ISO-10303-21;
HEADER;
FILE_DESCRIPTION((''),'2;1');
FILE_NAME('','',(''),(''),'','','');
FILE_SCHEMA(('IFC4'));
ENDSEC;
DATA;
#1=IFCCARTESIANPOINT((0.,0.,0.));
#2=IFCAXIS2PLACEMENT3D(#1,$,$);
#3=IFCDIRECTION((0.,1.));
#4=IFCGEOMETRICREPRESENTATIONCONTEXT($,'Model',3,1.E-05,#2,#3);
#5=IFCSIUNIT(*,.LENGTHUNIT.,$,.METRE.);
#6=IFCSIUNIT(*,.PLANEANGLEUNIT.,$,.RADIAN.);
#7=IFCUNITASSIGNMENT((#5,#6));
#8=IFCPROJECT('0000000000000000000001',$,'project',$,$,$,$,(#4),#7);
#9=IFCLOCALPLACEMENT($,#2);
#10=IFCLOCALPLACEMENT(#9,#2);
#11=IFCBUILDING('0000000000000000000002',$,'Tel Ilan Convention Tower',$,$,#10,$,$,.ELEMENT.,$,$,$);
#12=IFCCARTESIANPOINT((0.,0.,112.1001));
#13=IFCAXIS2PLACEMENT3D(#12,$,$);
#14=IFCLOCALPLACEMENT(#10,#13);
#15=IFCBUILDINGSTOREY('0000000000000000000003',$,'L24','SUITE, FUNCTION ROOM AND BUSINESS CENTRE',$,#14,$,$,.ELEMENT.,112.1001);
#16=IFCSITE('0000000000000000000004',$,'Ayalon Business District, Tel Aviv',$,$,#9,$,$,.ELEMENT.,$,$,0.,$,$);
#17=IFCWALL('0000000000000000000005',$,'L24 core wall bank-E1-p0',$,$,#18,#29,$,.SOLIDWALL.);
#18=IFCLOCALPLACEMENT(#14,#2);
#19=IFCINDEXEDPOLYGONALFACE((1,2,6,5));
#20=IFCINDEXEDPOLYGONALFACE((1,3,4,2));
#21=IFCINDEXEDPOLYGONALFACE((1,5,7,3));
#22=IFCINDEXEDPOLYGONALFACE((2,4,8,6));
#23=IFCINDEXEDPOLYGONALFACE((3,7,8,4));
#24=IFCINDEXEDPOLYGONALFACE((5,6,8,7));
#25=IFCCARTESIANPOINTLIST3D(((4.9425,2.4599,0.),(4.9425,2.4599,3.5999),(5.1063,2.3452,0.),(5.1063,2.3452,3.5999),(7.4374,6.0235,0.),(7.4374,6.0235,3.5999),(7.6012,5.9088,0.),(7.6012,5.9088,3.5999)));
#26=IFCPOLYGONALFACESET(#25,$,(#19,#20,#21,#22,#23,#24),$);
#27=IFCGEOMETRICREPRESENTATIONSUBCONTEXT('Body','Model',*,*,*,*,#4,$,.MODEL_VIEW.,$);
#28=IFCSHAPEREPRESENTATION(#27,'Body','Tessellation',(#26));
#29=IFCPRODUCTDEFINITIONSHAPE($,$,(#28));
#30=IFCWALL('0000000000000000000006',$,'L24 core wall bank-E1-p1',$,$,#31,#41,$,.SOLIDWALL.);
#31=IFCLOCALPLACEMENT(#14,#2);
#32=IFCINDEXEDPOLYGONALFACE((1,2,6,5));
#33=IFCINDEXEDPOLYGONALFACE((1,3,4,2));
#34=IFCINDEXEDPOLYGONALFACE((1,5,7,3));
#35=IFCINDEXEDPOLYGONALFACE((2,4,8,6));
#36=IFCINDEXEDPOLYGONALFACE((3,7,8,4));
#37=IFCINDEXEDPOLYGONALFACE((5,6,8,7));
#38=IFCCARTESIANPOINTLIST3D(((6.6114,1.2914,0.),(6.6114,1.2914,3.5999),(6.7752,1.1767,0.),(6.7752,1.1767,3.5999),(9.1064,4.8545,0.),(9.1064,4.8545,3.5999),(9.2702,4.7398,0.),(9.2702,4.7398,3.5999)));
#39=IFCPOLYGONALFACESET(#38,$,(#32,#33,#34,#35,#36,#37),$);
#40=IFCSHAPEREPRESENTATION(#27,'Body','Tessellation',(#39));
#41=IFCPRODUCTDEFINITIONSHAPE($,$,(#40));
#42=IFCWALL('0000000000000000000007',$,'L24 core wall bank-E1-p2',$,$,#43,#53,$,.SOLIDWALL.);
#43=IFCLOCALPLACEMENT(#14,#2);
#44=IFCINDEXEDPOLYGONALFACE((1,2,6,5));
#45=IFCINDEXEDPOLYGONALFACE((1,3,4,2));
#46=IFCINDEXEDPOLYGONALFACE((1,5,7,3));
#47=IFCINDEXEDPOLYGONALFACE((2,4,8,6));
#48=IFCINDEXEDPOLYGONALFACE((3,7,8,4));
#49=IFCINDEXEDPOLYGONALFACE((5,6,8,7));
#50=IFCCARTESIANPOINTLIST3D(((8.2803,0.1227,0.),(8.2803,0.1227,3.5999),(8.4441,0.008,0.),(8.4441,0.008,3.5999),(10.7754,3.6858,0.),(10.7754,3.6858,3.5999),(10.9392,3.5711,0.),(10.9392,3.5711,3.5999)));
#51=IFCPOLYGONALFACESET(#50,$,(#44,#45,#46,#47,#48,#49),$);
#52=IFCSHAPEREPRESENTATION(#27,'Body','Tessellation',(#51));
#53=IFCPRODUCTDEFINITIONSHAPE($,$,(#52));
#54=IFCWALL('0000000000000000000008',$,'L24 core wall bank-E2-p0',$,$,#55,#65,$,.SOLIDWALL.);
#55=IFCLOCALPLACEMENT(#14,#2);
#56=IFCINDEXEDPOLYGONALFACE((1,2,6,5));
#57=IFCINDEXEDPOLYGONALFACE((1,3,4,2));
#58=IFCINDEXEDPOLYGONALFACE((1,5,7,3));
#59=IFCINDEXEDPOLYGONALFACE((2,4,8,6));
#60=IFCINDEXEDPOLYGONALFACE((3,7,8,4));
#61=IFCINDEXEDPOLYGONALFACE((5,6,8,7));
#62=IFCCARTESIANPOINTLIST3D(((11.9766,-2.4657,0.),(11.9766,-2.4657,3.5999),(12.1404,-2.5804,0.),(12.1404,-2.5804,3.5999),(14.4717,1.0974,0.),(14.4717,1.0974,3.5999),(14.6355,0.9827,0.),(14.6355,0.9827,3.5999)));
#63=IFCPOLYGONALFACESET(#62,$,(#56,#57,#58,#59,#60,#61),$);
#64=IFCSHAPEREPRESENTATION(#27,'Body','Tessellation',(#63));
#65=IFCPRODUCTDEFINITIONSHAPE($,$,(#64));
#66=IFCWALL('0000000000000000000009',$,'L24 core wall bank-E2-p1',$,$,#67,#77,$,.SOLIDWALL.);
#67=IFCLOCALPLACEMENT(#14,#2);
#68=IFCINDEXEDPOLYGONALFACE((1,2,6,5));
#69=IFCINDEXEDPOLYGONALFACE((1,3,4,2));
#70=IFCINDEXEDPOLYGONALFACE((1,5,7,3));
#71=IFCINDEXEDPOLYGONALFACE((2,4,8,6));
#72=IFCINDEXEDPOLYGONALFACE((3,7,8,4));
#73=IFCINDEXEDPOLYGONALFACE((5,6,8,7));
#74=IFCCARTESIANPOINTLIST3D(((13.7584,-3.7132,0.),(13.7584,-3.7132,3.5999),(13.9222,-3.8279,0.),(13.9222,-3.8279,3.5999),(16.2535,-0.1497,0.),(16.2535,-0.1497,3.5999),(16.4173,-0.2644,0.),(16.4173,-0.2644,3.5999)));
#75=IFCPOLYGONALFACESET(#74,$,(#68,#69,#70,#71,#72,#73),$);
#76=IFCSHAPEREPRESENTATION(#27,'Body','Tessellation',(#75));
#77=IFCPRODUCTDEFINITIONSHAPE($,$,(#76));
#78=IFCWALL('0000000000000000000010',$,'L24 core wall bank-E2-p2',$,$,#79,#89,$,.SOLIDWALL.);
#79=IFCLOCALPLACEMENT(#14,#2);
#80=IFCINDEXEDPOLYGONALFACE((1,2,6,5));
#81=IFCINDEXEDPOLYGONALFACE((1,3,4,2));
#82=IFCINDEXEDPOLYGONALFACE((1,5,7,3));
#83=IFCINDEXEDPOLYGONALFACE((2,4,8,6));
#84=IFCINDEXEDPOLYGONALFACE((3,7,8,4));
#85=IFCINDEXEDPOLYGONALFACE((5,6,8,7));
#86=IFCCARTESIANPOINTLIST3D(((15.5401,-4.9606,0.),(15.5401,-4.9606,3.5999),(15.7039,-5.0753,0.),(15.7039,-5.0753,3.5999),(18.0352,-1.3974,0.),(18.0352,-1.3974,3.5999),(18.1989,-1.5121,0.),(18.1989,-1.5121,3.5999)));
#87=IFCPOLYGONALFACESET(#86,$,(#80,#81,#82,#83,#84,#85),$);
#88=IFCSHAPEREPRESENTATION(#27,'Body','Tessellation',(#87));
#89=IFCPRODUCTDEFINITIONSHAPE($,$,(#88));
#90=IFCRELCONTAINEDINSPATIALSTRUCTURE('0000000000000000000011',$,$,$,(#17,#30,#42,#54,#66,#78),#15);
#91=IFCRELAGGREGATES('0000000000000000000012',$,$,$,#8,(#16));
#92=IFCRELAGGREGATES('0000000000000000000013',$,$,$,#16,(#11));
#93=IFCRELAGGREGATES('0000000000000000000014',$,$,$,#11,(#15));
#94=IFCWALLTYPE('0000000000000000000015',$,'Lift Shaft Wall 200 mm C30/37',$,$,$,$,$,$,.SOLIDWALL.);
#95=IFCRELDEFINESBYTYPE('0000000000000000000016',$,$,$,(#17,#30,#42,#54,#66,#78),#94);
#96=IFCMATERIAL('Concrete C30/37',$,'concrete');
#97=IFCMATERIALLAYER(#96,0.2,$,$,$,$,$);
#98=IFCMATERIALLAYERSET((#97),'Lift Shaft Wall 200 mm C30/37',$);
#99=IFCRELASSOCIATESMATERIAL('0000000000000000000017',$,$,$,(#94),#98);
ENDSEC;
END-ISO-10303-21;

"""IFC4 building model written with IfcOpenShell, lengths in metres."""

from ifc_helpers import new_model, si_unit, direction, frame, frame_2d, origin, place, context, subcontext, project, spatial, rectangle, extrude, material, layer, layer_set, type_object, element, save


model = new_model("IFC4")

# Units and contexts
model_context = context("Model", 3, precision=1e-05, world=origin(), true_north=direction((0.0, 1.0)))
body_context = subcontext(model_context, "Body", "Model", "MODEL_VIEW")
ifc_project = project(units=[si_unit("LENGTHUNIT", "METRE"), si_unit("PLANEANGLEUNIT", "RADIAN")], contexts=[model_context])

# Site, building, storey
site_placement = place(None, origin())
site = spatial("IfcSite", under=ifc_project, at=site_placement, Name="Ayalon Business District, Tel Aviv", CompositionType="ELEMENT", RefElevation=0.0)
building_placement = place(site_placement, origin())
building = spatial("IfcBuilding", under=site, at=building_placement, Name="Tel Ilan Convention Tower", CompositionType="ELEMENT")
storey_placement = place(building_placement, frame((0.0, 0.0, 112.1001)))
storey = spatial("IfcBuildingStorey", under=building, at=storey_placement, Name="L24", Description="SUITE, FUNCTION ROOM AND BUSINESS CENTRE", CompositionType="ELEMENT", Elevation=112.1001)

# Walls
ifc_material_1 = material(Name="Concrete C30/37", Category="concrete")
ifc_layer_1 = layer(ifc_material_1, 0.2)
ifc_layer_set_1 = layer_set([ifc_layer_1], Name="Lift Shaft Wall 200 mm C30/37")
wall_type_1 = type_object("IfcWallType", Name="Lift Shaft Wall 200 mm C30/37", PredefinedType="SOLIDWALL", material=ifc_layer_set_1)
wall_1_placement = place(storey_placement, frame((5.0244, 2.4026, 0.0), z_axis=(0.0, 0.0, 1.0), x_axis=(0.57353, 0.819184, 0.0)))
element("IfcWall", 1, at=wall_1_placement, inside=storey, type_object=wall_type_1, Name="L24 core wall bank-E1-p0", PredefinedType="SOLIDWALL", context=body_context, shape_type="SweptSolid", body=[
    extrude(rectangle(XDim=4.3501, YDim=0.2, at=frame_2d((2.175, 0.0))), origin(), (0.0, 0.0, 1.0), 3.5999),
])
for number, where, z_axis, x_axis, name in (
    (2, (6.6934, 1.2341, 0.0), (0.0, 0.0, 1.0), (0.573594, 0.81914, 0.0), "L24 core wall bank-E1-p1"),
    (3, (8.3623, 0.0654, 0.0), (0.0, 0.0, 1.0), (0.573594, 0.81914, 0.0), "L24 core wall bank-E1-p2"),
    (4, (12.0586, -2.5229, 0.0), (0.0, 0.0, 1.0), (0.573594, 0.81914, 0.0), "L24 core wall bank-E2-p0"),
):
    element("IfcWall", number, at=place(storey_placement, frame(where, z_axis=z_axis, x_axis=x_axis)), inside=storey, type_object=wall_type_1, Name=name, PredefinedType="SOLIDWALL", context=body_context, shape_type="SweptSolid", body=[
        extrude(rectangle(XDim=4.3499, YDim=0.2, at=frame_2d((2.1748, 0.0))), origin(), (0.0, 0.0, 1.0), 3.5999),
    ])
wall_2_placement = place(storey_placement, frame((13.8403, -3.7705, 0.0), z_axis=(0.0, 0.0, 1.0), x_axis=(0.573568, 0.819158, 0.0)))
element("IfcWall", 5, at=wall_2_placement, inside=storey, type_object=wall_type_1, Name="L24 core wall bank-E2-p1", PredefinedType="SOLIDWALL", context=body_context, shape_type="SweptSolid", body=[
    extrude(rectangle(XDim=4.3501, YDim=0.2, at=frame_2d((2.175, 0.0))), origin(), (0.0, 0.0, 1.0), 3.5999),
])
wall_3_placement = place(storey_placement, frame((15.6221, -5.0178, 0.0), z_axis=(0.0, 0.0, 1.0), x_axis=(0.573594, 0.81914, 0.0)))
element("IfcWall", 6, at=wall_3_placement, inside=storey, type_object=wall_type_1, Name="L24 core wall bank-E2-p2", PredefinedType="SOLIDWALL", context=body_context, shape_type="SweptSolid", body=[
    extrude(rectangle(XDim=4.3499, YDim=0.2, at=frame_2d((2.1748, 0.0))), origin(), (0.0, 0.0, 1.0), 3.5999),
])

save(model, "model.ifc")
